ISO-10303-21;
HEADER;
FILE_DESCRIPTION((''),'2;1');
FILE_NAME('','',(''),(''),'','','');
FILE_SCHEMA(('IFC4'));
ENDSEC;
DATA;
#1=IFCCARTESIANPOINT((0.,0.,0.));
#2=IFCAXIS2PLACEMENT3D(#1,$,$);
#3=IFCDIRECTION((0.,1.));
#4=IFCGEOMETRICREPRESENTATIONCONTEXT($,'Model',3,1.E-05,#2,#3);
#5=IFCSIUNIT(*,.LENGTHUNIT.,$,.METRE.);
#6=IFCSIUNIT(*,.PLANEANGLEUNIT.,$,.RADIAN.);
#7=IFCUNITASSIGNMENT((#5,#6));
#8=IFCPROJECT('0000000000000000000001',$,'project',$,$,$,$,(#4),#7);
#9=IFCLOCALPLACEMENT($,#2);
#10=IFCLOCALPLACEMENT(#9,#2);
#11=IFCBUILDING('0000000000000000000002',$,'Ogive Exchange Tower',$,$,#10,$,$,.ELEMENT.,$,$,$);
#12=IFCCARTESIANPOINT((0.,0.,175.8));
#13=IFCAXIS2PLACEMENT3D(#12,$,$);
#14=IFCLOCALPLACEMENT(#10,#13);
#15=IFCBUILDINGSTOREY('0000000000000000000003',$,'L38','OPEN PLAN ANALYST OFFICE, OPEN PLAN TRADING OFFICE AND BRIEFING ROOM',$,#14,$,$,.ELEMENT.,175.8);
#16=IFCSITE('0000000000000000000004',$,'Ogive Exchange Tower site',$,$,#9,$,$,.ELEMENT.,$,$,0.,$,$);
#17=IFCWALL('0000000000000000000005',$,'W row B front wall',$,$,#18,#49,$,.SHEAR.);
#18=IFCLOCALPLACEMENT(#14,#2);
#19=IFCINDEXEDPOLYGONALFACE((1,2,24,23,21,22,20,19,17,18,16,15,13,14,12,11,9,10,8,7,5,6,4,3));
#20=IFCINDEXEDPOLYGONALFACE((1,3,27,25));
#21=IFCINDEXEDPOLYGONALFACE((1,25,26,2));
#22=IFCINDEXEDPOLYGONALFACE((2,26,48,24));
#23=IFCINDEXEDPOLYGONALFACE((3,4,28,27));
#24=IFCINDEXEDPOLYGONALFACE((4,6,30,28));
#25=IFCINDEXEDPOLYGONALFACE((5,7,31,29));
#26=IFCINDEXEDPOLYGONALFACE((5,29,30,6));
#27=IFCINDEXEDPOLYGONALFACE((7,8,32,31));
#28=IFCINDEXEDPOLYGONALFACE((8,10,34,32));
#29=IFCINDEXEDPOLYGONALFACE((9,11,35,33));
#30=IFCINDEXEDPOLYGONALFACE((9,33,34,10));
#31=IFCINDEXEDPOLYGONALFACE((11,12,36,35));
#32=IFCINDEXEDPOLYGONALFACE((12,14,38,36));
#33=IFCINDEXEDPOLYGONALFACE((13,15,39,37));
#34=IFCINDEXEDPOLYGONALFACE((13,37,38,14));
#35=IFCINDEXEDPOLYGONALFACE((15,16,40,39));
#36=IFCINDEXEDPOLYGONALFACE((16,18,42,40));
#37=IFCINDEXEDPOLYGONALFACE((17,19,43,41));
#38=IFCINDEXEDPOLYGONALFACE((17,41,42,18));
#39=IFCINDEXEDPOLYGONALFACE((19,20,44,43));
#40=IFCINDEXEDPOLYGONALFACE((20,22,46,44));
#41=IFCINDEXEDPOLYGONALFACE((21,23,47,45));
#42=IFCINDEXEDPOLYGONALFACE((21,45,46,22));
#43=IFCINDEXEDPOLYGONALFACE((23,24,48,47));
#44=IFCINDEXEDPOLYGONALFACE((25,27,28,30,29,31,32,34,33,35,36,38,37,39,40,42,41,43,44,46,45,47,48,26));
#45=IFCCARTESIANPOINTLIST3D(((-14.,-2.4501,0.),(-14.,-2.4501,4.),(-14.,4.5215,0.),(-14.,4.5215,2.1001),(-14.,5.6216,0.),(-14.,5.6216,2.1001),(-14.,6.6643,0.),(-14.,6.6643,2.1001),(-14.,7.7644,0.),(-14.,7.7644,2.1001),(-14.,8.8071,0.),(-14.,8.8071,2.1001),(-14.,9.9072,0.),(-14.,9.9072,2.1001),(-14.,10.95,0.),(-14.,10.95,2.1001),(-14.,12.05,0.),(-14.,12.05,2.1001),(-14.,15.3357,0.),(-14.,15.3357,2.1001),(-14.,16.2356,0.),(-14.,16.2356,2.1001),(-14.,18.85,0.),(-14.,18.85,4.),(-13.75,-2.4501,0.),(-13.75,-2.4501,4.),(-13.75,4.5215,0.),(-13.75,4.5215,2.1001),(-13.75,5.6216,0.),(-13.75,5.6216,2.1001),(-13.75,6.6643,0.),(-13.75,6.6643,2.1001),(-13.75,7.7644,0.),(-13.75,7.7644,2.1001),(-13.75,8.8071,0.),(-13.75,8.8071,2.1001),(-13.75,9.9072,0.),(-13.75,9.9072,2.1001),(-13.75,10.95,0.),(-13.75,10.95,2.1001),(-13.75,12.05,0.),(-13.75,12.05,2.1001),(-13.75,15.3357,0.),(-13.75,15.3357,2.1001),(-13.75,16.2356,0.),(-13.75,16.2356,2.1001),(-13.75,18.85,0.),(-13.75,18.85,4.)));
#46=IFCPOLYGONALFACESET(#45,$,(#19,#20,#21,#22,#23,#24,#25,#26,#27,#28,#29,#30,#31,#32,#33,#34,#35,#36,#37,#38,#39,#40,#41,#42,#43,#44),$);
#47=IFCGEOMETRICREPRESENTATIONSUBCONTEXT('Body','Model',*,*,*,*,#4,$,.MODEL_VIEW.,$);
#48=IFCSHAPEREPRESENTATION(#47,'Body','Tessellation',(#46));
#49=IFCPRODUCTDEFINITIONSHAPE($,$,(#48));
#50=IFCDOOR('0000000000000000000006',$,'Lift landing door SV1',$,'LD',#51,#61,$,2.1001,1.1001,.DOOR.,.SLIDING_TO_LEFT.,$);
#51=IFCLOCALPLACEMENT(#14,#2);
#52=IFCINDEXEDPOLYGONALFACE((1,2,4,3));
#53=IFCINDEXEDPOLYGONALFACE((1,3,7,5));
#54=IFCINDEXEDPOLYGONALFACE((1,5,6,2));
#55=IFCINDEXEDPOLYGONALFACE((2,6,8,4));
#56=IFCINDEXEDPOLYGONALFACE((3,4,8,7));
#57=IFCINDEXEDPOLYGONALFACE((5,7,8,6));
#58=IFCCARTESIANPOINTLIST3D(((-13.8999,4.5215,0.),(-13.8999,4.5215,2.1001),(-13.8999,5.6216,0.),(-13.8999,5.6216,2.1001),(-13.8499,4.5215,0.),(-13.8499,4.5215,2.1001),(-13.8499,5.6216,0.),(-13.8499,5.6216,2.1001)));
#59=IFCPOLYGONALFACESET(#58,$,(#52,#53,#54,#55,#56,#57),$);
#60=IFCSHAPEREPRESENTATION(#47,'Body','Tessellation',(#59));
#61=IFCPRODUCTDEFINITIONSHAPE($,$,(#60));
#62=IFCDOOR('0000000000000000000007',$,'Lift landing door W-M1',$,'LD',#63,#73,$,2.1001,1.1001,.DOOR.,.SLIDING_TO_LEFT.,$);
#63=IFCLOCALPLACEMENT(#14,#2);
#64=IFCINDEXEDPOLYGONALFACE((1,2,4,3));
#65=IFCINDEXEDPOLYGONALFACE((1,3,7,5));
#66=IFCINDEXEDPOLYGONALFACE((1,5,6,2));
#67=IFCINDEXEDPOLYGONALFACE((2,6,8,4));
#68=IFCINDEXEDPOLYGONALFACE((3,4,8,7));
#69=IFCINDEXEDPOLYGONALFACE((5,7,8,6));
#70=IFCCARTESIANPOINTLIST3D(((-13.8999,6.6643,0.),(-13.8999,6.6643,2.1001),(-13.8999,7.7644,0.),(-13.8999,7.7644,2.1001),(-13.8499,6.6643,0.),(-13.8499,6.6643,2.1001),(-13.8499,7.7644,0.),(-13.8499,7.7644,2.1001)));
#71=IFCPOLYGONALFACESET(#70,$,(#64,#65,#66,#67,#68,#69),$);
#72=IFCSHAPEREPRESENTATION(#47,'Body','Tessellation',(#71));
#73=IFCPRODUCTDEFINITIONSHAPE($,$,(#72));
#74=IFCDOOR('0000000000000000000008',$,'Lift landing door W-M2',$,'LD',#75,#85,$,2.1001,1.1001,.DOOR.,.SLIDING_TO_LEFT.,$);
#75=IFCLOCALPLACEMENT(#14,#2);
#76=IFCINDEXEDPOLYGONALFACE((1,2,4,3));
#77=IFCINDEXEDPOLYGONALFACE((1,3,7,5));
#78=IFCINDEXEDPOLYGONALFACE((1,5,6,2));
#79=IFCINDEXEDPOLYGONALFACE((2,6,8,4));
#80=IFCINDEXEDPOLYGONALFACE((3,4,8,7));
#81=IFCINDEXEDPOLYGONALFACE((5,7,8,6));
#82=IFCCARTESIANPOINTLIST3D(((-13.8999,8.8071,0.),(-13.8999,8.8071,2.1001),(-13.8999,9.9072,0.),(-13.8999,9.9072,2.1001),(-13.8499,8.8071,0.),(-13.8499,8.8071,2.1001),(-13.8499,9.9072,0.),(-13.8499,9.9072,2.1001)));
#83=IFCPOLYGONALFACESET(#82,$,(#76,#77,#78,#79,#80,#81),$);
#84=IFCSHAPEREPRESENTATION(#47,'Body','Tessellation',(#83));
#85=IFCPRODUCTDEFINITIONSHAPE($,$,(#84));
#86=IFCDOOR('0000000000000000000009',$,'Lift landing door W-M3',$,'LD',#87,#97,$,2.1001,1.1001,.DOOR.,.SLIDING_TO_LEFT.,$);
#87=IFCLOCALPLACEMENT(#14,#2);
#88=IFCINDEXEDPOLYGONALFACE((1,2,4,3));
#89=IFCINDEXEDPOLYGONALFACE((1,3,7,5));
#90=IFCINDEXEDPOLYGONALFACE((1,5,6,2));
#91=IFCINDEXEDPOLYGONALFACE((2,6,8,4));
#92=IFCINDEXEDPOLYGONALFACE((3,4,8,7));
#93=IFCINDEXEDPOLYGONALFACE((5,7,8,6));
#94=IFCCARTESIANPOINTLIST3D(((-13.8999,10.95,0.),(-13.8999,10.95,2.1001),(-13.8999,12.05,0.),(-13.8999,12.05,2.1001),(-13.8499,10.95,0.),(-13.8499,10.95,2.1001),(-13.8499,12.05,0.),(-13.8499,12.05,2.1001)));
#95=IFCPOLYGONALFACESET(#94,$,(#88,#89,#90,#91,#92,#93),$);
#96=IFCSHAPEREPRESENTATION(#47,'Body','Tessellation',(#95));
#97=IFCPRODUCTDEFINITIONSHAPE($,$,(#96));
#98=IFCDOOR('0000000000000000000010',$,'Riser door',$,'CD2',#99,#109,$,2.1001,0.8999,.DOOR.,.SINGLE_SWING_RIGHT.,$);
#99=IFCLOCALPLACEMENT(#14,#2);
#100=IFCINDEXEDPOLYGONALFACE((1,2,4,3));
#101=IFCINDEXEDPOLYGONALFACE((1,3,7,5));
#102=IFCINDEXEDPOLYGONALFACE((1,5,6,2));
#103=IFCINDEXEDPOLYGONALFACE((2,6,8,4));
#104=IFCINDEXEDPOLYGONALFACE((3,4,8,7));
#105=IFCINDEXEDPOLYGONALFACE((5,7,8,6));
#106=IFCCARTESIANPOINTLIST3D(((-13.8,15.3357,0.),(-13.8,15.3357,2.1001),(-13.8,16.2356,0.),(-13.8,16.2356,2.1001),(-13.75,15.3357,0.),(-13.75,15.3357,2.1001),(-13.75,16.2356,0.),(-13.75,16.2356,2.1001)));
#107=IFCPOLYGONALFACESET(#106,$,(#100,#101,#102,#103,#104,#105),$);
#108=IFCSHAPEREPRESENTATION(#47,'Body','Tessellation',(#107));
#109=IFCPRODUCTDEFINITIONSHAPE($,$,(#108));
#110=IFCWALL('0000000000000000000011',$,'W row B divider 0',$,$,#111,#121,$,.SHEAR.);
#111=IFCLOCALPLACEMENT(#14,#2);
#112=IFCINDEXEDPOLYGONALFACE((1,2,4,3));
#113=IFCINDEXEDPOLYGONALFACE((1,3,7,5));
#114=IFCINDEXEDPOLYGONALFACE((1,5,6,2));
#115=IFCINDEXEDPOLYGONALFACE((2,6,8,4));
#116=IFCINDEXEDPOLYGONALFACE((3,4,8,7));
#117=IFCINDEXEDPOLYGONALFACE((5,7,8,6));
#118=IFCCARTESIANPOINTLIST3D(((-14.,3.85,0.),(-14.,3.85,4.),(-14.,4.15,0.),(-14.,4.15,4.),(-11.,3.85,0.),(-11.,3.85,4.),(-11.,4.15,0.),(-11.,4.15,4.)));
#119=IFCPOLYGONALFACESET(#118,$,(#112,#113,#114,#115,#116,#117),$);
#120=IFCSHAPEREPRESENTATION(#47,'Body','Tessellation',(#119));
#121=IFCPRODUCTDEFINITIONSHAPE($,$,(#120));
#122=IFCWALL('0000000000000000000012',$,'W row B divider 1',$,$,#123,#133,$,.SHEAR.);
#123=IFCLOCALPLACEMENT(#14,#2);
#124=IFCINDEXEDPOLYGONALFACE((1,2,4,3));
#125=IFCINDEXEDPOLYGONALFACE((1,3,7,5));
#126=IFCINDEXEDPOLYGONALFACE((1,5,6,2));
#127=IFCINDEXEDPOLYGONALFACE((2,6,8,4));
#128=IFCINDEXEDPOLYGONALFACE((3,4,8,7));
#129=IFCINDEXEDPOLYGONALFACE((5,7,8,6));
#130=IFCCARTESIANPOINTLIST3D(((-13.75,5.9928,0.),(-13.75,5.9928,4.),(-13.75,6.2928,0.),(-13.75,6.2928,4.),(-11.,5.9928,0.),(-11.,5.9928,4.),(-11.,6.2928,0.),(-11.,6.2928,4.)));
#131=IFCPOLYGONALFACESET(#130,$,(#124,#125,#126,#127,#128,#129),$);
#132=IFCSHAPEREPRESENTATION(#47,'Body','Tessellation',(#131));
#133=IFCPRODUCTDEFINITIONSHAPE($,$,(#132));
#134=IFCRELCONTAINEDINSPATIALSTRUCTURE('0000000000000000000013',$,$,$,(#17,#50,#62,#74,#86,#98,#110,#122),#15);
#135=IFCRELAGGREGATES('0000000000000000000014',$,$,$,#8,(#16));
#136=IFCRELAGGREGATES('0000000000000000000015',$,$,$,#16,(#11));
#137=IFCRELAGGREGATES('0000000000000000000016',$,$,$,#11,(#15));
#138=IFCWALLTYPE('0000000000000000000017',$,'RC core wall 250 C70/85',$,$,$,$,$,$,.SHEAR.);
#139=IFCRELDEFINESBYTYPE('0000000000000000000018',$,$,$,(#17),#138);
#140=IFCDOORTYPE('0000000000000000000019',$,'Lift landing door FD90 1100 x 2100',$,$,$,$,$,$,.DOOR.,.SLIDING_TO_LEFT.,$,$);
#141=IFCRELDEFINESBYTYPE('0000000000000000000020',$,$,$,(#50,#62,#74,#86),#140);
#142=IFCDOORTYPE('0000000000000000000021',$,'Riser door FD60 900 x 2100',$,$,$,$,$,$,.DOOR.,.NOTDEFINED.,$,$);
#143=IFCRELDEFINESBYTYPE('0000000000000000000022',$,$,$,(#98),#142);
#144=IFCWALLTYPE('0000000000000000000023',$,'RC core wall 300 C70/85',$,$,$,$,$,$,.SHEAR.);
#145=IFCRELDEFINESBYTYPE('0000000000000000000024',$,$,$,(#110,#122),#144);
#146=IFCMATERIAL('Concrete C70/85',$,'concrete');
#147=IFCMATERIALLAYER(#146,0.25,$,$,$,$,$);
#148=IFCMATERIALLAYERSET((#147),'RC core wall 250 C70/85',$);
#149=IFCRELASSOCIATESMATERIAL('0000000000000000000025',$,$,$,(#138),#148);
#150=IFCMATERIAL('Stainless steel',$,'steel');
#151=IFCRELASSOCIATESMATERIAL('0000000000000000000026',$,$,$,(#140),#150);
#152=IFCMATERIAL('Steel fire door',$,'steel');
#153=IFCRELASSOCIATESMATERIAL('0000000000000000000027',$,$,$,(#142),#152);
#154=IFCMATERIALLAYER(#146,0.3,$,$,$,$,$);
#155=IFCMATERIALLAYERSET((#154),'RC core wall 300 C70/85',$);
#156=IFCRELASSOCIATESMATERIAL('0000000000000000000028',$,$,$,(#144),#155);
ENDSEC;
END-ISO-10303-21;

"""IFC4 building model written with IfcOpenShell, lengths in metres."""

from ifc_helpers import new_model, si_unit, direction, frame, frame_2d, origin, place, context, subcontext, project, spatial, rectangle, extrude, material, layer, layer_set, type_object, element, fill, save


model = new_model("IFC4")

# Units and contexts
model_context = context("Model", 3, precision=1e-05, world=origin(), true_north=direction((0.0, 1.0)))
body_context = subcontext(model_context, "Body", "Model", "MODEL_VIEW")
ifc_project = project(units=[si_unit("LENGTHUNIT", "METRE"), si_unit("PLANEANGLEUNIT", "RADIAN")], contexts=[model_context])

# Site, building, storey
site_placement = place(None, origin())
site = spatial("IfcSite", under=ifc_project, at=site_placement, Name="Ogive Exchange Tower site", CompositionType="ELEMENT", RefElevation=0.0)
building_placement = place(site_placement, origin())
building = spatial("IfcBuilding", under=site, at=building_placement, Name="Ogive Exchange Tower", CompositionType="ELEMENT")
storey_placement = place(building_placement, frame((0.0, 0.0, 175.8)))
storey = spatial("IfcBuildingStorey", under=building, at=storey_placement, Name="L38", Description="OPEN PLAN ANALYST OFFICE, OPEN PLAN TRADING OFFICE AND BRIEFING ROOM", CompositionType="ELEMENT", Elevation=175.8)

# Shared definitions
ifc_material_1 = material(Name="Concrete C70/85", Category="concrete")
ifc_material_2 = material(Name="Steel fire door", Category="steel")
ifc_layer_1 = layer(ifc_material_1, 0.25)
ifc_layer_set_1 = layer_set([ifc_layer_1], Name="RC core wall 250 C70/85")
wall_type_1 = type_object("IfcWallType", Name="RC core wall 250 C70/85", PredefinedType="SHEAR", material=ifc_layer_set_1)

# Wall, openings, doors
ifc_material_3 = material(Name="Stainless steel", Category="steel")
door_type_1 = type_object("IfcDoorType", Name="Lift landing door FD90 1100 x 2100", OperationType="SLIDING_TO_LEFT", PredefinedType="DOOR", material=ifc_material_3)
door_type_2 = type_object("IfcDoorType", Name="Riser door FD60 900 x 2100", OperationType="NOTDEFINED", PredefinedType="DOOR", material=ifc_material_2)
wall_1_placement = place(storey_placement, frame((-13.875, -2.45, 0.0), z_axis=(0.0, 0.0, 1.0), x_axis=(0.0, 1.0, 0.0)))
wall_1 = element("IfcWall", 1, at=wall_1_placement, inside=storey, type_object=wall_type_1, Name="W row B front wall", PredefinedType="SHEAR", context=body_context, shape_type="SweptSolid", body=[
    extrude(rectangle(XDim=21.3, YDim=0.25, at=frame_2d((10.6499, 0.0))), origin(), (0.0, 0.0, 1.0), 4.0),
])
opening_1_placement = place(wall_1_placement, frame((17.7856, 0.0, 0.0)))
opening_1 = element("IfcOpeningElement", 2, at=opening_1_placement, cuts=wall_1, PredefinedType="OPENING", context=body_context, shape_type="SweptSolid", body=[
    extrude(rectangle(XDim=0.8999, YDim=2.1001, at=frame_2d((0.45, 1.05))), frame((0.0, 0.135, 0.0), z_axis=(0.0, -1.0, 0.0), x_axis=(1.0, 0.0, 0.0)), (0.0, 0.0, 1.0), 0.27),
])
opening_2_placement = place(wall_1_placement, frame((6.9714, 0.0, 0.0)))
opening_2 = element("IfcOpeningElement", 3, at=opening_2_placement, cuts=wall_1, PredefinedType="OPENING", context=body_context, shape_type="SweptSolid", body=[
    extrude(rectangle(XDim=1.1001, YDim=2.1001, at=frame_2d((0.55, 1.05))), frame((0.0, 0.135, 0.0), z_axis=(0.0, -1.0, 0.0), x_axis=(1.0, 0.0, 0.0)), (0.0, 0.0, 1.0), 0.27),
])
opening_3_placement = place(wall_1_placement, frame((9.1143, 0.0, 0.0)))
opening_3 = element("IfcOpeningElement", 4, at=opening_3_placement, cuts=wall_1, PredefinedType="OPENING", context=body_context, shape_type="SweptSolid", body=[
    extrude(rectangle(XDim=1.1001, YDim=2.1001, at=frame_2d((0.55, 1.05))), frame((0.0, 0.135, 0.0), z_axis=(0.0, -1.0, 0.0), x_axis=(1.0, 0.0, 0.0)), (0.0, 0.0, 1.0), 0.27),
])
opening_4_placement = place(wall_1_placement, frame((11.2571, 0.0, 0.0)))
opening_4 = element("IfcOpeningElement", 5, at=opening_4_placement, cuts=wall_1, PredefinedType="OPENING", context=body_context, shape_type="SweptSolid", body=[
    extrude(rectangle(XDim=1.1001, YDim=2.1001, at=frame_2d((0.55, 1.05))), frame((0.0, 0.135, 0.0), z_axis=(0.0, -1.0, 0.0), x_axis=(1.0, 0.0, 0.0)), (0.0, 0.0, 1.0), 0.27),
])
opening_5_placement = place(wall_1_placement, frame((13.3999, 0.0, 0.0)))
opening_5 = element("IfcOpeningElement", 6, at=opening_5_placement, cuts=wall_1, PredefinedType="OPENING", context=body_context, shape_type="SweptSolid", body=[
    extrude(rectangle(XDim=1.1001, YDim=2.1001, at=frame_2d((0.55, 1.05))), frame((0.0, 0.135, 0.0), z_axis=(0.0, -1.0, 0.0), x_axis=(1.0, 0.0, 0.0)), (0.0, 0.0, 1.0), 0.27),
])
door_1_placement = place(opening_2_placement, origin())
door_1 = element("IfcDoor", 7, at=door_1_placement, inside=storey, type_object=door_type_1, Name="Lift landing door SV1", ObjectType="LD", OperationType="SLIDING_TO_LEFT", OverallHeight=2.1001, OverallWidth=1.1001, PredefinedType="DOOR", context=body_context, shape_type="SweptSolid", body=[
    extrude(rectangle(XDim=1.1001, YDim=2.1001, at=frame_2d((0.55, 1.05))), frame((0.0, 0.0249, 0.0), z_axis=(0.0, -1.0, 0.0), x_axis=(1.0, 0.0, 0.0)), (0.0, 0.0, 1.0), 0.05),
])
fill(opening_2, door_1)
door_2_placement = place(opening_3_placement, origin())
door_2 = element("IfcDoor", 8, at=door_2_placement, inside=storey, type_object=door_type_1, Name="Lift landing door W-M1", ObjectType="LD", OperationType="SLIDING_TO_LEFT", OverallHeight=2.1001, OverallWidth=1.1001, PredefinedType="DOOR", context=body_context, shape_type="SweptSolid", body=[
    extrude(rectangle(XDim=1.1001, YDim=2.1001, at=frame_2d((0.55, 1.05))), frame((0.0, 0.0249, 0.0), z_axis=(0.0, -1.0, 0.0), x_axis=(1.0, 0.0, 0.0)), (0.0, 0.0, 1.0), 0.05),
])
fill(opening_3, door_2)
door_3_placement = place(opening_4_placement, origin())
door_3 = element("IfcDoor", 9, at=door_3_placement, inside=storey, type_object=door_type_1, Name="Lift landing door W-M2", ObjectType="LD", OperationType="SLIDING_TO_LEFT", OverallHeight=2.1001, OverallWidth=1.1001, PredefinedType="DOOR", context=body_context, shape_type="SweptSolid", body=[
    extrude(rectangle(XDim=1.1001, YDim=2.1001, at=frame_2d((0.55, 1.05))), frame((0.0, 0.0249, 0.0), z_axis=(0.0, -1.0, 0.0), x_axis=(1.0, 0.0, 0.0)), (0.0, 0.0, 1.0), 0.05),
])
fill(opening_4, door_3)
door_4_placement = place(opening_5_placement, origin())
door_4 = element("IfcDoor", 10, at=door_4_placement, inside=storey, type_object=door_type_1, Name="Lift landing door W-M3", ObjectType="LD", OperationType="SLIDING_TO_LEFT", OverallHeight=2.1001, OverallWidth=1.1001, PredefinedType="DOOR", context=body_context, shape_type="SweptSolid", body=[
    extrude(rectangle(XDim=1.1001, YDim=2.1001, at=frame_2d((0.55, 1.05))), frame((0.0, 0.0249, 0.0), z_axis=(0.0, -1.0, 0.0), x_axis=(1.0, 0.0, 0.0)), (0.0, 0.0, 1.0), 0.05),
])
fill(opening_5, door_4)
door_5_placement = place(opening_1_placement, frame((0.8999, -0.2002, 0.0), z_axis=(0.0, 0.0, 1.0), x_axis=(-1.0, 0.0, 0.0)))
door_5 = element("IfcDoor", 11, at=door_5_placement, inside=storey, type_object=door_type_2, Name="Riser door", ObjectType="CD2", OperationType="SINGLE_SWING_RIGHT", OverallHeight=2.1001, OverallWidth=0.8999, PredefinedType="DOOR", context=body_context, shape_type="SweptSolid", body=[
    extrude(rectangle(XDim=0.8999, YDim=2.1001, at=frame_2d((0.45, 1.05))), frame((0.0, -0.0752, 0.0), z_axis=(0.0, -1.0, 0.0), x_axis=(1.0, 0.0, 0.0)), (0.0, 0.0, 1.0), 0.05),
])
fill(opening_1, door_5)

# Walls
ifc_layer_2 = layer(ifc_material_1, 0.3)
ifc_layer_set_2 = layer_set([ifc_layer_2], Name="RC core wall 300 C70/85")
wall_type_2 = type_object("IfcWallType", Name="RC core wall 300 C70/85", PredefinedType="SHEAR", material=ifc_layer_set_2)
wall_2_placement = place(storey_placement, frame((-14.0, 4.0, 0.0), z_axis=(0.0, 0.0, 1.0), x_axis=(1.0, 0.0, 0.0)))
element("IfcWall", 12, at=wall_2_placement, inside=storey, type_object=wall_type_2, Name="W row B divider 0", PredefinedType="SHEAR", context=body_context, shape_type="SweptSolid", body=[
    extrude(rectangle(XDim=3.0, YDim=0.3, at=frame_2d((1.5, 0.0))), origin(), (0.0, 0.0, 1.0), 4.0),
])
wall_3_placement = place(storey_placement, frame((-13.75, 6.1428, 0.0), z_axis=(0.0, 0.0, 1.0), x_axis=(1.0, 0.0, 0.0)))
element("IfcWall", 13, at=wall_3_placement, inside=storey, type_object=wall_type_2, Name="W row B divider 1", PredefinedType="SHEAR", context=body_context, shape_type="SweptSolid", body=[
    extrude(rectangle(XDim=2.75, YDim=0.3, at=frame_2d((1.375, 0.0))), origin(), (0.0, 0.0, 1.0), 4.0),
])

save(model, "model.ifc")
